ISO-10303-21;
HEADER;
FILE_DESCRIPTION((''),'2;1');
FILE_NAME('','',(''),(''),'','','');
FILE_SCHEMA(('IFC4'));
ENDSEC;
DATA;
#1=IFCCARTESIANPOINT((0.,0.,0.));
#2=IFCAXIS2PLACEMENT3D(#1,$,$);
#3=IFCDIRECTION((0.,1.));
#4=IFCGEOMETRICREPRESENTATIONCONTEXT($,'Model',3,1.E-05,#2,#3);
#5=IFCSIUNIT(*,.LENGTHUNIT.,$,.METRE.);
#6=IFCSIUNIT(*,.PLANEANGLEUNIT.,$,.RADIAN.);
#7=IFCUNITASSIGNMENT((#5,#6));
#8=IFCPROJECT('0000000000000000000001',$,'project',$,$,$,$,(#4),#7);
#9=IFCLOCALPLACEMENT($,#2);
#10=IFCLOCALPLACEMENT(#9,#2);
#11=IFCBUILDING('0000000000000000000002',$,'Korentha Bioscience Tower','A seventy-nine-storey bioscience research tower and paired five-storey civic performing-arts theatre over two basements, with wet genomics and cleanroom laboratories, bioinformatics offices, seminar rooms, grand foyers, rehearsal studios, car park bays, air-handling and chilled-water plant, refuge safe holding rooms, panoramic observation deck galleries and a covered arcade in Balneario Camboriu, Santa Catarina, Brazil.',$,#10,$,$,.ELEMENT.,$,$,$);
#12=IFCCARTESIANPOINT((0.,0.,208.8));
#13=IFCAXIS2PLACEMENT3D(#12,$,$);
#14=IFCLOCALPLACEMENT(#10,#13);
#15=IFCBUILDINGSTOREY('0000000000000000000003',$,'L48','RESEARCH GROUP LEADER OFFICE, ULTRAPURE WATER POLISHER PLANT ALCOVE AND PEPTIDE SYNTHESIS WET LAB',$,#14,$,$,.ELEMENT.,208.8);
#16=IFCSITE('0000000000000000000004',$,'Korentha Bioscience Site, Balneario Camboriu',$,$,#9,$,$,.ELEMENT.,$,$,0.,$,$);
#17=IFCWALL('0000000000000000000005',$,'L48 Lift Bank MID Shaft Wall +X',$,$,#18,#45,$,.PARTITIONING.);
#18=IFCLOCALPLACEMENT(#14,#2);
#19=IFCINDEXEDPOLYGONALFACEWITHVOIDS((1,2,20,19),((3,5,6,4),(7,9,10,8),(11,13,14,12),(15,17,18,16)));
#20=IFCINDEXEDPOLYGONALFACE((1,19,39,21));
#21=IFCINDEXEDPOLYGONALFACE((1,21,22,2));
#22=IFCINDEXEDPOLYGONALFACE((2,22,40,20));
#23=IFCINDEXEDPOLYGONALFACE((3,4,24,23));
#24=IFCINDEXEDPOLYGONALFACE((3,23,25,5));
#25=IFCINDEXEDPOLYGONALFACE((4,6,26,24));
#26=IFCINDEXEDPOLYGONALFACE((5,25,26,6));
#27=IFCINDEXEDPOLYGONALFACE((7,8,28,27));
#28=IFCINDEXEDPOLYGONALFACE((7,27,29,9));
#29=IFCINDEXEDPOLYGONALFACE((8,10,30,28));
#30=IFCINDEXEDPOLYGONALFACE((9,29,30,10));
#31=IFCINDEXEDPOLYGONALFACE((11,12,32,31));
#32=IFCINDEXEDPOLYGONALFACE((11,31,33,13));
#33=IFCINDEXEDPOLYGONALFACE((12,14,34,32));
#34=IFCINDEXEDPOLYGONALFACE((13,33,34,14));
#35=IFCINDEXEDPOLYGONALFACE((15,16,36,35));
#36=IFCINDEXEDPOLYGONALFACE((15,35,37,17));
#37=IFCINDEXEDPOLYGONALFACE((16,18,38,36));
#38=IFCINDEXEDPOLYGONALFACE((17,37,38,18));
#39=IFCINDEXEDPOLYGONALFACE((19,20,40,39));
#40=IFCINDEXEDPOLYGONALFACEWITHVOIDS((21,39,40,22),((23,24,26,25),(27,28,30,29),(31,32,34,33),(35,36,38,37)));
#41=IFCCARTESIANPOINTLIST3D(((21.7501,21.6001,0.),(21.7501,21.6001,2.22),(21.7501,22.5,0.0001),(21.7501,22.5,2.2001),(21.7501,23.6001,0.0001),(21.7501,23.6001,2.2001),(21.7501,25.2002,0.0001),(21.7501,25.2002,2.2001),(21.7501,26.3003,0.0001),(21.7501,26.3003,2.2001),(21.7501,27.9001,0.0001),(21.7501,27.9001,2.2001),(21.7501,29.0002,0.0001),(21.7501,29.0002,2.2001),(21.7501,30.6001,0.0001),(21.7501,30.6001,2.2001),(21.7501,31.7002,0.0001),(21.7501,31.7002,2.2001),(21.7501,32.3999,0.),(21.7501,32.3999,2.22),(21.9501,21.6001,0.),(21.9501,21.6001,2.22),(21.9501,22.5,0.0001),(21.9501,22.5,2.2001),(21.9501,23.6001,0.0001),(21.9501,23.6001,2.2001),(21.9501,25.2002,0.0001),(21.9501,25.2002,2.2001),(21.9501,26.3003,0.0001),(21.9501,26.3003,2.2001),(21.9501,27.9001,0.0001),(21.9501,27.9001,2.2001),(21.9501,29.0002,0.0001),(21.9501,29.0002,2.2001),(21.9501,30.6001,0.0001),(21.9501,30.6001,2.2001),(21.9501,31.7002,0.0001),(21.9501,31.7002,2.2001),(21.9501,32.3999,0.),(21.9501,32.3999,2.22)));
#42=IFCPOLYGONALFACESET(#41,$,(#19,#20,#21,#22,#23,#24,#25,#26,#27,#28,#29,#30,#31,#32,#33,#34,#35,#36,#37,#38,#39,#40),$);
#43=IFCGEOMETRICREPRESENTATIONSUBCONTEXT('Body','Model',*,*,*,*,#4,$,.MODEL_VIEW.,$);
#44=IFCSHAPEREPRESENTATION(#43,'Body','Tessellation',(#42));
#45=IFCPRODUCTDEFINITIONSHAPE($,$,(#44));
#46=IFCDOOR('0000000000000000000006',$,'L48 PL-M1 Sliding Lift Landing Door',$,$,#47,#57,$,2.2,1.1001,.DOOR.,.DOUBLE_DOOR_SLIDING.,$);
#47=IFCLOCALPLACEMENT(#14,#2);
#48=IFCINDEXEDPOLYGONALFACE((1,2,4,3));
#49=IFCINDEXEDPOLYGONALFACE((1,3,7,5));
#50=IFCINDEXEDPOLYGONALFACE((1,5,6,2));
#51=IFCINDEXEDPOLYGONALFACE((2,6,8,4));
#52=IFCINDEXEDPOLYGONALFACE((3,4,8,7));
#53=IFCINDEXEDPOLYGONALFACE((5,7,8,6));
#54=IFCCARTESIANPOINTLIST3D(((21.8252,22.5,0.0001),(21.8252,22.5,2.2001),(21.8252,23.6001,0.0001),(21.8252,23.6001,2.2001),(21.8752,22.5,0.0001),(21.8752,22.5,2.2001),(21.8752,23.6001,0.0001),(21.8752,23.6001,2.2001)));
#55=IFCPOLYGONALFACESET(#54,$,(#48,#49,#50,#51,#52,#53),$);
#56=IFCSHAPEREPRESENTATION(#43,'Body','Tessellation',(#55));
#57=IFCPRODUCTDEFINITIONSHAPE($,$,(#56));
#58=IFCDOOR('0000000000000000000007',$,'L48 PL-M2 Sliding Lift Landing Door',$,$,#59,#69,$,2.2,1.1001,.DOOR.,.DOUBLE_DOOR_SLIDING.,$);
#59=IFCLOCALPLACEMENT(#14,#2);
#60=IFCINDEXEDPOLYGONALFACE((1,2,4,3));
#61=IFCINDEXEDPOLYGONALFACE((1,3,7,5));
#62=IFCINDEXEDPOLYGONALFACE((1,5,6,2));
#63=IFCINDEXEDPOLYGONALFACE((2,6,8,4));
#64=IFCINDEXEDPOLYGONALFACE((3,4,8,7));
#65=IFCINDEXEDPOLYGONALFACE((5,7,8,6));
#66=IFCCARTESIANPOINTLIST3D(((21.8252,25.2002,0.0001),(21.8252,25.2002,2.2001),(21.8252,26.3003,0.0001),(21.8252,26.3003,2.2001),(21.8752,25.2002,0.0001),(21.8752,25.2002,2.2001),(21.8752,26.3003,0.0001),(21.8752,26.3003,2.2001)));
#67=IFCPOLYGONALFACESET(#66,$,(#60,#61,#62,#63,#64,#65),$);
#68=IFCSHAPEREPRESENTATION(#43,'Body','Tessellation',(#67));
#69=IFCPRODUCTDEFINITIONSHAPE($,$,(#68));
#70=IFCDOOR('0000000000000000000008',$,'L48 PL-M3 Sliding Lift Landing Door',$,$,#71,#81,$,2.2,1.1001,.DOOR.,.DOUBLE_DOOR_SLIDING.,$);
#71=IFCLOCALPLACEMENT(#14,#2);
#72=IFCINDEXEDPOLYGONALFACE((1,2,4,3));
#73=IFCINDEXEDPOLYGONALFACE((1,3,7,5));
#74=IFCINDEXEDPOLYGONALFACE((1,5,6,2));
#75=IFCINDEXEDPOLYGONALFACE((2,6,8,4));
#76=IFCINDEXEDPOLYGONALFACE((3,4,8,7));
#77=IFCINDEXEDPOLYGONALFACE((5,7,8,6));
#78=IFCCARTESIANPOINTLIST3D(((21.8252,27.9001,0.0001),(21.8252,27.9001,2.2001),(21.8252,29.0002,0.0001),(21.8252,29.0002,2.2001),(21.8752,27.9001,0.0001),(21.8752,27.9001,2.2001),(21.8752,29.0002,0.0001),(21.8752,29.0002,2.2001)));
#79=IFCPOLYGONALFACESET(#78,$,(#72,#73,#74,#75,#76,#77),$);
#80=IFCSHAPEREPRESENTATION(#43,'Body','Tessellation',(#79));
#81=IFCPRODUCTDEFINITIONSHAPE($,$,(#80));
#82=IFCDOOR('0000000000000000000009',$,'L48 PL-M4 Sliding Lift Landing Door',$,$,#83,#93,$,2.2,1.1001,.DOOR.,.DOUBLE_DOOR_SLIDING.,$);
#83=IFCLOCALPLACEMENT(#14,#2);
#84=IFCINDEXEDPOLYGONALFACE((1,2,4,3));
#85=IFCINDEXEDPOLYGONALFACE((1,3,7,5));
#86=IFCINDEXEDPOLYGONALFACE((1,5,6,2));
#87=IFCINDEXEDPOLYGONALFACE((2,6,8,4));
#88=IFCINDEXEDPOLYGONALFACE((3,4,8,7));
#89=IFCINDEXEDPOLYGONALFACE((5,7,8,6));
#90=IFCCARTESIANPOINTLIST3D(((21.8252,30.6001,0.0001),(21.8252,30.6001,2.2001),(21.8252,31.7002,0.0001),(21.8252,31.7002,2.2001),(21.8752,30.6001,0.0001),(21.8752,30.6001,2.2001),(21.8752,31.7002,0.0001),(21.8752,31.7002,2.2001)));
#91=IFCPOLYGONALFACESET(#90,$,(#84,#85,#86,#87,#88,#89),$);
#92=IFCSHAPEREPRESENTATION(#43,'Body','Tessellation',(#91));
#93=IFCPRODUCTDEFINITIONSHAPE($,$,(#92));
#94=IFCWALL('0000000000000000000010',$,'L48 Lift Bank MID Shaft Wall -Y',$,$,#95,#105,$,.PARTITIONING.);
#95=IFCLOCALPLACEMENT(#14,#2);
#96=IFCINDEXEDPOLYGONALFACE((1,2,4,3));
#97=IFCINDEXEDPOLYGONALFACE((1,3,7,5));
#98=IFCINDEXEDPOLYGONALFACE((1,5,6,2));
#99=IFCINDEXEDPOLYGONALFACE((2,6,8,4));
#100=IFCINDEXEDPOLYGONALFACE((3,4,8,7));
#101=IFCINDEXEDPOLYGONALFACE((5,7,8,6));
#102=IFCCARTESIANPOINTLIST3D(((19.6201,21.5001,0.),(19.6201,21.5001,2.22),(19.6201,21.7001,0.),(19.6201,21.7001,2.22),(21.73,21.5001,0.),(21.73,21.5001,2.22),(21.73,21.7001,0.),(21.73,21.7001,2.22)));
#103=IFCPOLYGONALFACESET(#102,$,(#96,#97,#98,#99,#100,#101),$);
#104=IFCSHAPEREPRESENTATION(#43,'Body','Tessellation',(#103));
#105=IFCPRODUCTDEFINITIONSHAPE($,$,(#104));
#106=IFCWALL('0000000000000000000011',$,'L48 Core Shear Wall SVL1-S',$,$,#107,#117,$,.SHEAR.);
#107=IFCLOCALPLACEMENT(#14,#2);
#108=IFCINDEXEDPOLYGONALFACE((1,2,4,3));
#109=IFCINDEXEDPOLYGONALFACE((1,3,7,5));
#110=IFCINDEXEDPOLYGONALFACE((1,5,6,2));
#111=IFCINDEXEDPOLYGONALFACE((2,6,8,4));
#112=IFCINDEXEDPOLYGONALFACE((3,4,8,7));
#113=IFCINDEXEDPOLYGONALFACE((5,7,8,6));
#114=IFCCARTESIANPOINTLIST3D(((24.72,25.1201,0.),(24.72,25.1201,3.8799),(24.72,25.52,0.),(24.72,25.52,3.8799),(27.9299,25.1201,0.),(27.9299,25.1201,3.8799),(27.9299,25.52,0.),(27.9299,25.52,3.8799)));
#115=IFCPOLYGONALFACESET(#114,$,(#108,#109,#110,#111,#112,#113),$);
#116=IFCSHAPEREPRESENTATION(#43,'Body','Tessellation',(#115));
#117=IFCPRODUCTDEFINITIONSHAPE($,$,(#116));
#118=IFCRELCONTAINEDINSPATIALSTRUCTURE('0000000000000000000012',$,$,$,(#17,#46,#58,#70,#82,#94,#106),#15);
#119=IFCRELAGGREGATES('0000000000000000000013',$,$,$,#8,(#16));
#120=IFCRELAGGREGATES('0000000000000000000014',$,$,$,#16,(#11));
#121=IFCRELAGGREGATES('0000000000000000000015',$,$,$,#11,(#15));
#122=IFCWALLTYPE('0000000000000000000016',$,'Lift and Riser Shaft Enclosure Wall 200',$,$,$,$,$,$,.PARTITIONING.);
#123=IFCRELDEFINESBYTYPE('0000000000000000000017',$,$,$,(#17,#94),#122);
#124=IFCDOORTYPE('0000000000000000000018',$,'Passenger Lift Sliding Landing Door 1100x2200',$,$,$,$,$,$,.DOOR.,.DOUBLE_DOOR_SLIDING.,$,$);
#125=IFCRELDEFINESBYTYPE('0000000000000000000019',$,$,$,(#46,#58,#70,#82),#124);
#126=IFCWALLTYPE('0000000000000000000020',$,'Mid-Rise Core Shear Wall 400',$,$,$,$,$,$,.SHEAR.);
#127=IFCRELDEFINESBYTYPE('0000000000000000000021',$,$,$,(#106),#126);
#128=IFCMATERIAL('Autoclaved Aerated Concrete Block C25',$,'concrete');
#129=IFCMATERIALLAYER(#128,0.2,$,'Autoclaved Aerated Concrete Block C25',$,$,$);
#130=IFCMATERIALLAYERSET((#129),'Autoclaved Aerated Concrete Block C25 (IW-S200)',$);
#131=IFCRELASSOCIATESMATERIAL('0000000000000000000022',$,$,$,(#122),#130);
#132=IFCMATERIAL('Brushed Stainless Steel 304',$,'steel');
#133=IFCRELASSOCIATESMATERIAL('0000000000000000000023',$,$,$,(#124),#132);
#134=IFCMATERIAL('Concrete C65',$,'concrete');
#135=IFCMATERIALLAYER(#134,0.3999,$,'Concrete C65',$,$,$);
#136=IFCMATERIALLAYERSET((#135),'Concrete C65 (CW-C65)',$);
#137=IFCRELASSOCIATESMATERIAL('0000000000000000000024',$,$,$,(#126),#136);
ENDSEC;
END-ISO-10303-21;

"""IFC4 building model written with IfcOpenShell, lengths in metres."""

from ifc_helpers import new_model, si_unit, direction, frame, frame_2d, origin, place, context, subcontext, project, spatial, rectangle, extrude, material, layer, layer_set, type_object, element, fill, save


model = new_model("IFC4")

# Units and contexts
model_context = context("Model", 3, precision=1e-05, world=origin(), true_north=direction((0.0, 1.0)))
body_context = subcontext(model_context, "Body", "Model", "MODEL_VIEW")
ifc_project = project(units=[si_unit("LENGTHUNIT", "METRE"), si_unit("PLANEANGLEUNIT", "RADIAN")], contexts=[model_context])

# Site, building, storey
site_placement = place(None, origin())
site = spatial("IfcSite", under=ifc_project, at=site_placement, Name="Korentha Bioscience Site, Balneario Camboriu", CompositionType="ELEMENT", RefElevation=0.0)
building_placement = place(site_placement, origin())
building = spatial("IfcBuilding", under=site, at=building_placement, Name="Korentha Bioscience Tower", Description="A seventy-nine-storey bioscience research tower and paired five-storey civic performing-arts theatre over two basements, with wet genomics and cleanroom laboratories, bioinformatics offices, seminar rooms, grand foyers, rehearsal studios, car park bays, air-handling and chilled-water plant, refuge safe holding rooms, panoramic observation deck galleries and a covered arcade in Balneario Camboriu, Santa Catarina, Brazil.", CompositionType="ELEMENT")
storey_placement = place(building_placement, frame((0.0, 0.0, 208.8)))
storey = spatial("IfcBuildingStorey", under=building, at=storey_placement, Name="L48", Description="RESEARCH GROUP LEADER OFFICE, ULTRAPURE WATER POLISHER PLANT ALCOVE AND PEPTIDE SYNTHESIS WET LAB", CompositionType="ELEMENT", Elevation=208.8)

# Shared definitions
ifc_material_1 = material(Name="Concrete C65", Category="concrete")

# Shared definitions
ifc_material_2 = material(Name="Autoclaved Aerated Concrete Block C25", Category="concrete")
ifc_layer_1 = layer(ifc_material_2, 0.2, Name="Autoclaved Aerated Concrete Block C25")
ifc_layer_set_1 = layer_set([ifc_layer_1], Name="Autoclaved Aerated Concrete Block C25 (IW-S200)")
wall_type_1 = type_object("IfcWallType", Name="Lift and Riser Shaft Enclosure Wall 200", PredefinedType="PARTITIONING", material=ifc_layer_set_1)

# Wall, openings, doors
wall_1_placement = place(storey_placement, frame((21.8501, 21.6001, 0.0), z_axis=(0.0, 0.0, 1.0), x_axis=(0.0, 1.0, 0.0)))
wall_1 = element("IfcWall", 1, at=wall_1_placement, inside=storey, type_object=wall_type_1, Name="L48 Lift Bank MID Shaft Wall +X", PredefinedType="PARTITIONING", context=body_context, shape_type="SweptSolid", body=[
    extrude(rectangle(XDim=10.7998, YDim=0.2, at=frame_2d((5.3999, 0.0))), origin(), (0.0, 0.0, 1.0), 2.22),
])
opening_1_placement = place(wall_1_placement, frame((0.8999, 0.0, 0.0)))
opening_1 = element("IfcOpeningElement", 2, at=opening_1_placement, cuts=wall_1, PredefinedType="OPENING", context=body_context, shape_type="SweptSolid", body=[
    extrude(rectangle(XDim=1.1001, YDim=2.2, at=frame_2d((0.55, 1.1001))), frame((0.0, 0.1147, 0.0), z_axis=(0.0, -1.0, 0.0), x_axis=(1.0, 0.0, 0.0)), (0.0, 0.0, 1.0), 0.2297),
])
opening_2_placement = place(wall_1_placement, frame((3.6001, 0.0, 0.0)))
opening_2 = element("IfcOpeningElement", 3, at=opening_2_placement, cuts=wall_1, PredefinedType="OPENING", context=body_context, shape_type="SweptSolid", body=[
    extrude(rectangle(XDim=1.1001, YDim=2.2, at=frame_2d((0.55, 1.1001))), frame((0.0, 0.1147, 0.0), z_axis=(0.0, -1.0, 0.0), x_axis=(1.0, 0.0, 0.0)), (0.0, 0.0, 1.0), 0.2297),
])
opening_3_placement = place(wall_1_placement, frame((6.3, 0.0, 0.0)))
opening_3 = element("IfcOpeningElement", 4, at=opening_3_placement, cuts=wall_1, PredefinedType="OPENING", context=body_context, shape_type="SweptSolid", body=[
    extrude(rectangle(XDim=1.1001, YDim=2.2, at=frame_2d((0.55, 1.1001))), frame((0.0, 0.1147, 0.0), z_axis=(0.0, -1.0, 0.0), x_axis=(1.0, 0.0, 0.0)), (0.0, 0.0, 1.0), 0.2297),
])
opening_4_placement = place(wall_1_placement, frame((9.0, 0.0, 0.0)))
opening_4 = element("IfcOpeningElement", 5, at=opening_4_placement, cuts=wall_1, PredefinedType="OPENING", context=body_context, shape_type="SweptSolid", body=[
    extrude(rectangle(XDim=1.1001, YDim=2.2, at=frame_2d((0.55, 1.1001))), frame((0.0, 0.1147, 0.0), z_axis=(0.0, -1.0, 0.0), x_axis=(1.0, 0.0, 0.0)), (0.0, 0.0, 1.0), 0.2297),
])
ifc_material_3 = material(Name="Brushed Stainless Steel 304", Category="steel")
door_type_1 = type_object("IfcDoorType", Name="Passenger Lift Sliding Landing Door 1100x2200", OperationType="DOUBLE_DOOR_SLIDING", PredefinedType="DOOR", material=ifc_material_3)
door_1_placement = place(opening_1_placement, origin())
door_1 = element("IfcDoor", 6, at=door_1_placement, inside=storey, type_object=door_type_1, Name="L48 PL-M1 Sliding Lift Landing Door", OperationType="DOUBLE_DOOR_SLIDING", OverallHeight=2.2, OverallWidth=1.1001, PredefinedType="DOOR", context=body_context, shape_type="SweptSolid", body=[
    extrude(rectangle(XDim=1.1001, YDim=2.2, at=frame_2d((0.55, 1.1001))), frame((0.0, 0.0249, 0.0), z_axis=(0.0, -1.0, 0.0), x_axis=(1.0, 0.0, 0.0)), (0.0, 0.0, 1.0), 0.05),
])
fill(opening_1, door_1)
door_2_placement = place(opening_2_placement, origin())
door_2 = element("IfcDoor", 7, at=door_2_placement, inside=storey, type_object=door_type_1, Name="L48 PL-M2 Sliding Lift Landing Door", OperationType="DOUBLE_DOOR_SLIDING", OverallHeight=2.2, OverallWidth=1.1001, PredefinedType="DOOR", context=body_context, shape_type="SweptSolid", body=[
    extrude(rectangle(XDim=1.1001, YDim=2.2, at=frame_2d((0.55, 1.1001))), frame((0.0, 0.0249, 0.0), z_axis=(0.0, -1.0, 0.0), x_axis=(1.0, 0.0, 0.0)), (0.0, 0.0, 1.0), 0.05),
])
fill(opening_2, door_2)
door_3_placement = place(opening_3_placement, origin())
door_3 = element("IfcDoor", 8, at=door_3_placement, inside=storey, type_object=door_type_1, Name="L48 PL-M3 Sliding Lift Landing Door", OperationType="DOUBLE_DOOR_SLIDING", OverallHeight=2.2, OverallWidth=1.1001, PredefinedType="DOOR", context=body_context, shape_type="SweptSolid", body=[
    extrude(rectangle(XDim=1.1001, YDim=2.2, at=frame_2d((0.55, 1.1001))), frame((0.0, 0.0249, 0.0), z_axis=(0.0, -1.0, 0.0), x_axis=(1.0, 0.0, 0.0)), (0.0, 0.0, 1.0), 0.05),
])
fill(opening_3, door_3)
door_4_placement = place(opening_4_placement, origin())
door_4 = element("IfcDoor", 9, at=door_4_placement, inside=storey, type_object=door_type_1, Name="L48 PL-M4 Sliding Lift Landing Door", OperationType="DOUBLE_DOOR_SLIDING", OverallHeight=2.2, OverallWidth=1.1001, PredefinedType="DOOR", context=body_context, shape_type="SweptSolid", body=[
    extrude(rectangle(XDim=1.1001, YDim=2.2, at=frame_2d((0.55, 1.1001))), frame((0.0, 0.0249, 0.0), z_axis=(0.0, -1.0, 0.0), x_axis=(1.0, 0.0, 0.0)), (0.0, 0.0, 1.0), 0.05),
])
fill(opening_4, door_4)

# Walls
wall_2_placement = place(storey_placement, frame((19.6201, 21.6001, 0.0), z_axis=(0.0, 0.0, 1.0), x_axis=(1.0, 0.0, 0.0)))
element("IfcWall", 10, at=wall_2_placement, inside=storey, type_object=wall_type_1, Name="L48 Lift Bank MID Shaft Wall -Y", PredefinedType="PARTITIONING", context=body_context, shape_type="SweptSolid", body=[
    extrude(rectangle(XDim=2.1099, YDim=0.2, at=frame_2d((1.0549, 0.0))), origin(), (0.0, 0.0, 1.0), 2.22),
])
ifc_layer_2 = layer(ifc_material_1, 0.3999, Name="Concrete C65")
ifc_layer_set_2 = layer_set([ifc_layer_2], Name="Concrete C65 (CW-C65)")
wall_type_2 = type_object("IfcWallType", Name="Mid-Rise Core Shear Wall 400", PredefinedType="SHEAR", material=ifc_layer_set_2)
wall_3_placement = place(storey_placement, frame((24.72, 25.3201, 0.0), z_axis=(0.0, 0.0, 1.0), x_axis=(1.0, 0.0, 0.0)))
element("IfcWall", 11, at=wall_3_placement, inside=storey, type_object=wall_type_2, Name="L48 Core Shear Wall SVL1-S", PredefinedType="SHEAR", context=body_context, shape_type="SweptSolid", body=[
    extrude(rectangle(XDim=3.21, YDim=0.3999, at=frame_2d((1.605, 0.0))), origin(), (0.0, 0.0, 1.0), 3.8799),
])

save(model, "model.ifc")
